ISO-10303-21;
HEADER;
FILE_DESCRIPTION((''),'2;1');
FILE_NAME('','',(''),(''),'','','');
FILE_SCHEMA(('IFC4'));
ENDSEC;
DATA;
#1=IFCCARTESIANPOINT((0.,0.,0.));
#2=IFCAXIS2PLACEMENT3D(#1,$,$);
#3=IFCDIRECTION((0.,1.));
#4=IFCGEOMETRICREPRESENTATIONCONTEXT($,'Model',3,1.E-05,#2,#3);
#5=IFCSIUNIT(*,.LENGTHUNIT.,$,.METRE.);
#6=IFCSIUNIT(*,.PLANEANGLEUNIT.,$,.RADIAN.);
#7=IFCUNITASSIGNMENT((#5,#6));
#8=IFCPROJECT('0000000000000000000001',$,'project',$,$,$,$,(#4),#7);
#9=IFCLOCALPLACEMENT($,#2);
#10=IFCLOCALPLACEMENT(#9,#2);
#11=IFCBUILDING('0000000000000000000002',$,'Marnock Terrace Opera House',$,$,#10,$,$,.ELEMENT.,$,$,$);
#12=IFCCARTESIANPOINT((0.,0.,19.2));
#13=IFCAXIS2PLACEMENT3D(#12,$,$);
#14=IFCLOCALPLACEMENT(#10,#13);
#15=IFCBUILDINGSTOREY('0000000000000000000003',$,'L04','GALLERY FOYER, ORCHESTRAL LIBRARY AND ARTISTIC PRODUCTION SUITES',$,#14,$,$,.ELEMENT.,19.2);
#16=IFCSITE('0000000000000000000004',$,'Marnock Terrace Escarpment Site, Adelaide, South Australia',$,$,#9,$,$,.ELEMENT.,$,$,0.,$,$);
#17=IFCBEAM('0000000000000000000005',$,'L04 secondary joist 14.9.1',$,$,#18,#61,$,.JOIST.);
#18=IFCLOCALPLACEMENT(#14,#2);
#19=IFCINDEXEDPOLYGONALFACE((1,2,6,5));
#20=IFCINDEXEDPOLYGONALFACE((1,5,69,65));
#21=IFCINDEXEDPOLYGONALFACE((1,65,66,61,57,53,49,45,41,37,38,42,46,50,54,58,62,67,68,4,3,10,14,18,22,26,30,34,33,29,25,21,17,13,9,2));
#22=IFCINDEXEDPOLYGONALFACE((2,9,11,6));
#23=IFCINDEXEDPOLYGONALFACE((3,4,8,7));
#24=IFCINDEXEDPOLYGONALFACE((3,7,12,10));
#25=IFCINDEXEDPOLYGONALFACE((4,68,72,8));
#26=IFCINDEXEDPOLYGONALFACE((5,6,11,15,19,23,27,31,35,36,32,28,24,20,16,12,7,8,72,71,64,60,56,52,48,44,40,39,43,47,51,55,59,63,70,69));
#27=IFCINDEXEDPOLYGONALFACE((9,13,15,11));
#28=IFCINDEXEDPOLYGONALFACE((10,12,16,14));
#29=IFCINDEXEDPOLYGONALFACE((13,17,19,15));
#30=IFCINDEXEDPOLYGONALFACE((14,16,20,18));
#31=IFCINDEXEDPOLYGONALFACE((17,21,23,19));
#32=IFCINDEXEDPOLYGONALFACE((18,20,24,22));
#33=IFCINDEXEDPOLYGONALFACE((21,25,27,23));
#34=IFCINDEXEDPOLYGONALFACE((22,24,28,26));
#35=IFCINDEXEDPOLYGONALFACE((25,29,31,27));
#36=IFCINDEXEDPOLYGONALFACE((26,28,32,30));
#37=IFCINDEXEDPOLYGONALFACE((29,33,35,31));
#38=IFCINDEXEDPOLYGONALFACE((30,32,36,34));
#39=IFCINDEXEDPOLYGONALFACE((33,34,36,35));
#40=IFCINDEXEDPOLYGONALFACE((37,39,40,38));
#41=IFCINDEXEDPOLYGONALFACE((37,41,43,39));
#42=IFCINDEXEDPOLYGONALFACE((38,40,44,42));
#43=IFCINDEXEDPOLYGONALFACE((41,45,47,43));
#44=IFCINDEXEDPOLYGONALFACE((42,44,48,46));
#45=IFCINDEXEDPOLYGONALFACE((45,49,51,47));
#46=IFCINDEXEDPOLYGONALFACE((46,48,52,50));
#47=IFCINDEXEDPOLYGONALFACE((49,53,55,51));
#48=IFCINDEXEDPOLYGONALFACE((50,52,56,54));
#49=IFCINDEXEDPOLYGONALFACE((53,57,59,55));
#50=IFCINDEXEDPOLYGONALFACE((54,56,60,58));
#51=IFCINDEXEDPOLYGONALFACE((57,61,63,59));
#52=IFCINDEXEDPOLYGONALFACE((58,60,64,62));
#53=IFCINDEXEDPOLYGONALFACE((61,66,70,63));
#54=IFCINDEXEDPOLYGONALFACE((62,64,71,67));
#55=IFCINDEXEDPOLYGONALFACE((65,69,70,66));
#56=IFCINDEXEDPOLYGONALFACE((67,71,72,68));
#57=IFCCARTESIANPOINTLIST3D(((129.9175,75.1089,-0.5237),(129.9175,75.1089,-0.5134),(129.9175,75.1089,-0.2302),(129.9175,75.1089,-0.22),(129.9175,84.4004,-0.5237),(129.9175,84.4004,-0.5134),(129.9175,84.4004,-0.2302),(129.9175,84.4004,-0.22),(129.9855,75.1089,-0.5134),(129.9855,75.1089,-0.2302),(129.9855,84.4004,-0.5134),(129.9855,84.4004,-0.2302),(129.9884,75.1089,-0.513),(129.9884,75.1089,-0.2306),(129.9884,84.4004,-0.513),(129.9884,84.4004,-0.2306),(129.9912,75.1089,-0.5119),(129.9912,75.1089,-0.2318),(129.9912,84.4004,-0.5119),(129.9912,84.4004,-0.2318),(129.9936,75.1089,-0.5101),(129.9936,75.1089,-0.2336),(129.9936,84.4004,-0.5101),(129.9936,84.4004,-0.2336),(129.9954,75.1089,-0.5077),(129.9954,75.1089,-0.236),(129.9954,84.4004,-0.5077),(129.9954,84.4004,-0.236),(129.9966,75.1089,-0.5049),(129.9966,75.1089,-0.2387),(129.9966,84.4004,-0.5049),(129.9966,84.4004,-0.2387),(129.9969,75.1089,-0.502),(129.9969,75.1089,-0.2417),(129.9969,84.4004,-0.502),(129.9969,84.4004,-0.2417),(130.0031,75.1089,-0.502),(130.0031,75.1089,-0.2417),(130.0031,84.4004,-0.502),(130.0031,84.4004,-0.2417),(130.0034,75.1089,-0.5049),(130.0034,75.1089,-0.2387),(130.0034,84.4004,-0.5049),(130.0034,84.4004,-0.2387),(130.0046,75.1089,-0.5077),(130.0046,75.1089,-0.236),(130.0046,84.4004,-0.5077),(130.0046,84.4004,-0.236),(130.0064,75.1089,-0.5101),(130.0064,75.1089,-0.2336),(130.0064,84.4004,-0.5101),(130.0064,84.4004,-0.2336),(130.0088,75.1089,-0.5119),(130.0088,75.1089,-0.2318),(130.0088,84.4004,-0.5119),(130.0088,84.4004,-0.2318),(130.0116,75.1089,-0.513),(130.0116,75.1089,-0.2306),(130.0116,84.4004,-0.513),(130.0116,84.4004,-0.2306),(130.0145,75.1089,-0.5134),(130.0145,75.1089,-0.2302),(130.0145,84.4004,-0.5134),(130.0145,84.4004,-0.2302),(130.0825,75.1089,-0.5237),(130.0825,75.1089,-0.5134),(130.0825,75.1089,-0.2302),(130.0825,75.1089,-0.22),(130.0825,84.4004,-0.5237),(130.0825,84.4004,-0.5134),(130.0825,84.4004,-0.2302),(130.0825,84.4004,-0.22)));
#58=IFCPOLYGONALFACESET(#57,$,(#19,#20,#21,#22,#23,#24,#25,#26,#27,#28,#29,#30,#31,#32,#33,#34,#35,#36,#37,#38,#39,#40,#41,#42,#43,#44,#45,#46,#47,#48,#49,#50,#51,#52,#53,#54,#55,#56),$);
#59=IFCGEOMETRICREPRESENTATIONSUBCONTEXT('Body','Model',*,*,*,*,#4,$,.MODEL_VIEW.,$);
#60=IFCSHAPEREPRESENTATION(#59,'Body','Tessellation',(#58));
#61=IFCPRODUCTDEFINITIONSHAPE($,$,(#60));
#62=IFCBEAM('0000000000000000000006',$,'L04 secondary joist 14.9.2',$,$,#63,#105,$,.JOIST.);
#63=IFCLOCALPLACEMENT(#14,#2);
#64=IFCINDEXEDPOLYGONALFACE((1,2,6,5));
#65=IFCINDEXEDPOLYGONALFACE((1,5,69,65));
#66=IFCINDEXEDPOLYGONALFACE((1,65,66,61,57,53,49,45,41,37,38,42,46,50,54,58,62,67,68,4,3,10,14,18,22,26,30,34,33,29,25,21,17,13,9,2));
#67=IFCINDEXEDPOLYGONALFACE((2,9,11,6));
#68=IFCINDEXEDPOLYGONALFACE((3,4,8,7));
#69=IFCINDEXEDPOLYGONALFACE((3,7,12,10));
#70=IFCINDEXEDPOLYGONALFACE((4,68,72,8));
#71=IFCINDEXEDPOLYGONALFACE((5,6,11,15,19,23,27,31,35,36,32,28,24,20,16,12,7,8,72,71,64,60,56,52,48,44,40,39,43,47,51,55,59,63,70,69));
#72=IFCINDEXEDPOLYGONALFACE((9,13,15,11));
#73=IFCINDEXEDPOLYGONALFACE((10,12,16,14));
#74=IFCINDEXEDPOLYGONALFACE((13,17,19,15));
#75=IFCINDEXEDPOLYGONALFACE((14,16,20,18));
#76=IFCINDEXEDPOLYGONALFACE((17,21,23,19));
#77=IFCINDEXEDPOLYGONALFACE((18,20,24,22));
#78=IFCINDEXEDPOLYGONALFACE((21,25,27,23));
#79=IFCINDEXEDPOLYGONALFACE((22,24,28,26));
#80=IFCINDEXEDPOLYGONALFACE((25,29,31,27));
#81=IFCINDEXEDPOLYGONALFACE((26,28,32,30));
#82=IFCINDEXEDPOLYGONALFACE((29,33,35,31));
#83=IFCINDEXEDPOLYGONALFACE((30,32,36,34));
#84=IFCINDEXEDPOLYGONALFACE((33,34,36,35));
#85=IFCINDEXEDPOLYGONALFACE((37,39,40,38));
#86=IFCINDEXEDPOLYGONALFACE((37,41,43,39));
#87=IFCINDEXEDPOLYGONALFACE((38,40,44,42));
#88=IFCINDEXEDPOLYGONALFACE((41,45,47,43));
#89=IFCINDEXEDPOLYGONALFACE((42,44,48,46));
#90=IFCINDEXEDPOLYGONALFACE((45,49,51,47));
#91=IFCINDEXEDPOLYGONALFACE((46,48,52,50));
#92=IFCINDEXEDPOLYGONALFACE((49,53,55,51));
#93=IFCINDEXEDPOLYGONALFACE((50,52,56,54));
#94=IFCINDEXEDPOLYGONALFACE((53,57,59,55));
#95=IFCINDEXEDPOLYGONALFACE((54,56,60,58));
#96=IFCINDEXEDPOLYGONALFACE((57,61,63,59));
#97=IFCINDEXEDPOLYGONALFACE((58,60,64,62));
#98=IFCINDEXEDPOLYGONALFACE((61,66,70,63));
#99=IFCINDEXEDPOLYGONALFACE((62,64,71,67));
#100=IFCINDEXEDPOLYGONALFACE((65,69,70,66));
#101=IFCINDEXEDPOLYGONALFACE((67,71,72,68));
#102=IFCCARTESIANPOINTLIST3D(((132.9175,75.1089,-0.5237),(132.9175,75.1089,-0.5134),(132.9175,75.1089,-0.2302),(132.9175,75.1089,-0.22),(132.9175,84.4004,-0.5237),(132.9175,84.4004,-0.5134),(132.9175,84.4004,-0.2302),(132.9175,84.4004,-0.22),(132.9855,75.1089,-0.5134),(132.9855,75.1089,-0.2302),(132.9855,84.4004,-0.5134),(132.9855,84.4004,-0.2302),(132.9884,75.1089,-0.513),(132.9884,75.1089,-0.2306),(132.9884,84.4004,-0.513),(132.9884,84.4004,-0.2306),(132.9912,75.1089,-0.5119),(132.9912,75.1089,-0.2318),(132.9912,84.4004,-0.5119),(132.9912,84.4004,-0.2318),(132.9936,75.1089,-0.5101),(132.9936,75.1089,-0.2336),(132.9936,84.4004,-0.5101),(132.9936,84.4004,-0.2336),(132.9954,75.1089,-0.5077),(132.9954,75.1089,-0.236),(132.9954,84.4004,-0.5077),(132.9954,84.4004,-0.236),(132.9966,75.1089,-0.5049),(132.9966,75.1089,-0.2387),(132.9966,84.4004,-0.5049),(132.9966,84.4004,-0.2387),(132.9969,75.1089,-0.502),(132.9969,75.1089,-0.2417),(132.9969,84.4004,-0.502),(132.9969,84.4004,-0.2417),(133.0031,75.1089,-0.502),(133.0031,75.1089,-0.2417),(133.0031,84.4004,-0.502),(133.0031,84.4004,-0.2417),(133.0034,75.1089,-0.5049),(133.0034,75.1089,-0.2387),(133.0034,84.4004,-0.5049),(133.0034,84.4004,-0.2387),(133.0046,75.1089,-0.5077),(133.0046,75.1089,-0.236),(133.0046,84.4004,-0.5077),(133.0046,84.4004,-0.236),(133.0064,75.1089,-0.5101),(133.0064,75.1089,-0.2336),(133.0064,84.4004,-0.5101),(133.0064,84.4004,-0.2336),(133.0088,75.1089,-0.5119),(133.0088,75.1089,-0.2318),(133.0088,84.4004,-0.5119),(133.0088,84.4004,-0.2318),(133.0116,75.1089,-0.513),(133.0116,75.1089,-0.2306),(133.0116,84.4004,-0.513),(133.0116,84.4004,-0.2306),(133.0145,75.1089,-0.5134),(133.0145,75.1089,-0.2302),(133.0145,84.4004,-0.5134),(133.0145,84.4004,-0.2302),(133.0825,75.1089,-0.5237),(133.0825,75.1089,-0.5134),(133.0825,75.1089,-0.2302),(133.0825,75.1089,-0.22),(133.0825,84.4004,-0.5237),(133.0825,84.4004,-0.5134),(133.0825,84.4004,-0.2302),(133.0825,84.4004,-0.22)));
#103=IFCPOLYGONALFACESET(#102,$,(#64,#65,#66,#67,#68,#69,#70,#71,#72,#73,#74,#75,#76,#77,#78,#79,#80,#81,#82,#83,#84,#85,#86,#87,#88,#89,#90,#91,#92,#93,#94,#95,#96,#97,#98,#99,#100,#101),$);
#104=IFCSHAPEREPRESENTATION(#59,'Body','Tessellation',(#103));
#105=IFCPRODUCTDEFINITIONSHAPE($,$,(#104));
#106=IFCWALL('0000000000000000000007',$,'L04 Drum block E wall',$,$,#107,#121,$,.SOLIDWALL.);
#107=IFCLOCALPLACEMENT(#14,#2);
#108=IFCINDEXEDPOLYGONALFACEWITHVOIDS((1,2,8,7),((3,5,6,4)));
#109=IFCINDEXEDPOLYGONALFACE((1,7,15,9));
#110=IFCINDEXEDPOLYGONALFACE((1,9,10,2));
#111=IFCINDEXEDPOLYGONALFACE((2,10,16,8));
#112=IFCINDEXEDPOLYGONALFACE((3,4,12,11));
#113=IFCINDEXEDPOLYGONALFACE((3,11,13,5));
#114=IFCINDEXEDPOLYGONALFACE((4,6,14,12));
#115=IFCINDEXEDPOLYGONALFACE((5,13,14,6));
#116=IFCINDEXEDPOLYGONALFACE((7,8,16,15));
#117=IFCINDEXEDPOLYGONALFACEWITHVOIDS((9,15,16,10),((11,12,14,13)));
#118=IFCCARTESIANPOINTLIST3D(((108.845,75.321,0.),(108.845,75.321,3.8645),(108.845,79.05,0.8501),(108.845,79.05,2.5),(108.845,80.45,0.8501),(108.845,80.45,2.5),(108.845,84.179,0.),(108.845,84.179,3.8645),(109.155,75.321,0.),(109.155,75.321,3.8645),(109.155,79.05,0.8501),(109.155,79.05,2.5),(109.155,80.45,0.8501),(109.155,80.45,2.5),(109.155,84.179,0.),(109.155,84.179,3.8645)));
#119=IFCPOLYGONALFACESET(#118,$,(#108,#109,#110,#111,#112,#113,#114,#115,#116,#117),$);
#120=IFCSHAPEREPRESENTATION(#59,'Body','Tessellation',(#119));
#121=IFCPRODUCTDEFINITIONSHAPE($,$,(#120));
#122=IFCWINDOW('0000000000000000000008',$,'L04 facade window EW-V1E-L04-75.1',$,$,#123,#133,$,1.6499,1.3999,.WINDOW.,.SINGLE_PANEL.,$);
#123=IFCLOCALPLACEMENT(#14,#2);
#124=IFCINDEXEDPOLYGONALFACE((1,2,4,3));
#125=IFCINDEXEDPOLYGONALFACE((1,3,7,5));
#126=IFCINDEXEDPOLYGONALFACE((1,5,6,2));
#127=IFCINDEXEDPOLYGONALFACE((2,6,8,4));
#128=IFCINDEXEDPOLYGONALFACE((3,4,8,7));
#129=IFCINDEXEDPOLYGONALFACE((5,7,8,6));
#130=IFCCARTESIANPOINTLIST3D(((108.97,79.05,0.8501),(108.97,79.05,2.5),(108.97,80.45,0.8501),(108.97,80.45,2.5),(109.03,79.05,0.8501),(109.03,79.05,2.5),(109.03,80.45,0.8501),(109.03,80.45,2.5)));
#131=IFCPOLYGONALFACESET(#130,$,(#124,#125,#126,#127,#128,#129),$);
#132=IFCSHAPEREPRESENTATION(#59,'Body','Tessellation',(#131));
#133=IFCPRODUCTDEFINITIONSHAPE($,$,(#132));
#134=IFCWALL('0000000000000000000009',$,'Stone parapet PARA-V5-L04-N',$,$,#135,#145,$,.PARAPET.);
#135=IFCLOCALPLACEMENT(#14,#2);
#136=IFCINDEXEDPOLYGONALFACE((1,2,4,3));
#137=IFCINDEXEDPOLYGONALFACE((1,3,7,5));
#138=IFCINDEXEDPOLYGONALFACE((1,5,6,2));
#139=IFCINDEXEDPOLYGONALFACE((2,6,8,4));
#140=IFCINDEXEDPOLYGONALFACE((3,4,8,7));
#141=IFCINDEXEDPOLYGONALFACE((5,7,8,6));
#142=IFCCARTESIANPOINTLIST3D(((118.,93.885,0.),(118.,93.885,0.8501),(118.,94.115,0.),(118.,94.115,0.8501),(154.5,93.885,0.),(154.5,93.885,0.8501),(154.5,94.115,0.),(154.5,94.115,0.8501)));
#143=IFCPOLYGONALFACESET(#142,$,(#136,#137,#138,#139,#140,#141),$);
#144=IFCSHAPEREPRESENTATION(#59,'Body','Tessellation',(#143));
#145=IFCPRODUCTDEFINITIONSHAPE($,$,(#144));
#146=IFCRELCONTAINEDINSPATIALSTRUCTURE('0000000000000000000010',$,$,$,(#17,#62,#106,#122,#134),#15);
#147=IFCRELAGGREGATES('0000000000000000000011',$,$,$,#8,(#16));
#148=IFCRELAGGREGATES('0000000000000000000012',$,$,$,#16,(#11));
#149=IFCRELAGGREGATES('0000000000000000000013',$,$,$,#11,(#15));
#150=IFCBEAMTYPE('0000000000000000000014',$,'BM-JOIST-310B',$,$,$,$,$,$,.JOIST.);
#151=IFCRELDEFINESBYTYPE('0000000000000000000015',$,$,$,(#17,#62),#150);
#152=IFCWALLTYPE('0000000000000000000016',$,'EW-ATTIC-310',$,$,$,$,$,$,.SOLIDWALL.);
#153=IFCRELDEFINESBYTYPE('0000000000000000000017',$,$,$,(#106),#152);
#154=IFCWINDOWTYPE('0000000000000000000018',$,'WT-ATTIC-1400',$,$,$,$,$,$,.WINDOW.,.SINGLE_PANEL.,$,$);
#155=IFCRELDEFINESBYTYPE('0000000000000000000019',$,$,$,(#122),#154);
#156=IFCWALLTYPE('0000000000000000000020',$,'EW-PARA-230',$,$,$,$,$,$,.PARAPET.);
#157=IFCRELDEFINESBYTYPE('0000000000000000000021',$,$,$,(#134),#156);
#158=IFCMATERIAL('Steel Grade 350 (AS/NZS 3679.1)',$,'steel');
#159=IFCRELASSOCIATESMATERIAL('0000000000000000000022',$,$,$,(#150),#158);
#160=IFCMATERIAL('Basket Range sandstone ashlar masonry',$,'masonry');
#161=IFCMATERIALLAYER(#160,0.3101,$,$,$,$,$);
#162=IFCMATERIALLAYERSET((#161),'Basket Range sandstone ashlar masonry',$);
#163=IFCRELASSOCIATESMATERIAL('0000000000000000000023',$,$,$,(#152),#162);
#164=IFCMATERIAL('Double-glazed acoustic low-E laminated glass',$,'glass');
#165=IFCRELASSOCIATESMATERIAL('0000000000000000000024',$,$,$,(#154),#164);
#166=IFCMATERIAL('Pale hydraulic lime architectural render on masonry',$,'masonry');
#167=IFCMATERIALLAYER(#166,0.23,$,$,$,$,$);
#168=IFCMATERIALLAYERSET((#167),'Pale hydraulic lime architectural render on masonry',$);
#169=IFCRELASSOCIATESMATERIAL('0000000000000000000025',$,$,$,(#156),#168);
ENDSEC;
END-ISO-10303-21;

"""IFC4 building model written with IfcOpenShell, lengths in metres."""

from ifc_helpers import new_model, si_unit, direction, frame, frame_2d, origin, origin_2d, place, context, subcontext, project, spatial, rectangle, i_section, extrude, material, layer, layer_set, material_profile, profile_set, type_object, element, fill, save


model = new_model("IFC4")

# Units and contexts
model_context = context("Model", 3, precision=1e-05, world=origin(), true_north=direction((0.0, 1.0)))
body_context = subcontext(model_context, "Body", "Model", "MODEL_VIEW")
ifc_project = project(units=[si_unit("LENGTHUNIT", "METRE"), si_unit("PLANEANGLEUNIT", "RADIAN")], contexts=[model_context])

# Site, building, storey
site_placement = place(None, origin())
site = spatial("IfcSite", under=ifc_project, at=site_placement, Name="Marnock Terrace Escarpment Site, Adelaide, South Australia", CompositionType="ELEMENT", RefElevation=0.0)
building_placement = place(site_placement, origin())
building = spatial("IfcBuilding", under=site, at=building_placement, Name="Marnock Terrace Opera House", CompositionType="ELEMENT")
storey_placement = place(building_placement, frame((0.0, 0.0, 19.2)))
storey = spatial("IfcBuildingStorey", under=building, at=storey_placement, Name="L04", Description="GALLERY FOYER, ORCHESTRAL LIBRARY AND ARTISTIC PRODUCTION SUITES", CompositionType="ELEMENT", Elevation=19.2)

# Beams
ifc_material_1 = material(Name="Steel Grade 350 (AS/NZS 3679.1)", Category="steel")
ifc_material_profile_1 = material_profile(ifc_material_1, i_section(OverallWidth=0.165, OverallDepth=0.3037, WebThickness=0.0061, FlangeThickness=0.0103, FilletRadius=0.0115, at=origin_2d()))
ifc_profile_set_1 = profile_set([ifc_material_profile_1], Name="Steel Grade 350 (AS/NZS 3679.1)")
beam_type_1 = type_object("IfcBeamType", Name="BM-JOIST-310B", PredefinedType="JOIST", material=ifc_profile_set_1)
for number, where, z_axis, x_axis, name in (
    (1, (130.0, 75.1089, -0.3718), (0.0, 1.0, 0.0), (-1.0, 0.0, 0.0), "L04 secondary joist 14.9.1"),
    (2, (133.0, 75.1089, -0.3718), (0.0, 1.0, 0.0), (-1.0, 0.0, 0.0), "L04 secondary joist 14.9.2"),
):
    element("IfcBeam", number, at=place(storey_placement, frame(where, z_axis=z_axis, x_axis=x_axis)), inside=storey, type_object=beam_type_1, Name=name, PredefinedType="JOIST", context=body_context, shape_type="SweptSolid", body=[
        extrude(i_section(OverallWidth=0.165, OverallDepth=0.3037, WebThickness=0.0061, FlangeThickness=0.0103, FilletRadius=0.0115, at=origin_2d()), origin(), (0.0, 0.0, 1.0), 9.2915),
    ])

# Wall, opening, window
ifc_material_2 = material(Name="Basket Range sandstone ashlar masonry", Category="masonry")
ifc_layer_1 = layer(ifc_material_2, 0.3101)
ifc_layer_set_1 = layer_set([ifc_layer_1], Name="Basket Range sandstone ashlar masonry")
wall_type_1 = type_object("IfcWallType", Name="EW-ATTIC-310", PredefinedType="SOLIDWALL", material=ifc_layer_set_1)
wall_1_placement = place(storey_placement, frame((109.0, 75.321, 0.0), z_axis=(0.0, 0.0, 1.0), x_axis=(0.0, 1.0, 0.0)))
wall_1 = element("IfcWall", 3, at=wall_1_placement, inside=storey, type_object=wall_type_1, Name="L04 Drum block E wall", PredefinedType="SOLIDWALL", context=body_context, shape_type="SweptSolid", body=[
    extrude(rectangle(XDim=8.8579, YDim=0.3101, at=frame_2d((4.429, 0.0))), origin(), (0.0, 0.0, 1.0), 3.8645),
])
opening_placement = place(wall_1_placement, frame((3.729, 0.0, 0.8501)))
opening = element("IfcOpeningElement", 4, at=opening_placement, cuts=wall_1, PredefinedType="OPENING", context=body_context, shape_type="SweptSolid", body=[
    extrude(rectangle(XDim=1.3999, YDim=1.6499, at=frame_2d((0.7, 0.825))), frame((0.0, 0.165, 0.0), z_axis=(0.0, -1.0, 0.0), x_axis=(1.0, 0.0, 0.0)), (0.0, 0.0, 1.0), 0.3301),
])
ifc_material_3 = material(Name="Double-glazed acoustic low-E laminated glass", Category="glass")
window_type = type_object("IfcWindowType", Name="WT-ATTIC-1400", PartitioningType="SINGLE_PANEL", PredefinedType="WINDOW", material=ifc_material_3)
window_placement = place(opening_placement, origin())
window = element("IfcWindow", 5, at=window_placement, inside=storey, type_object=window_type, Name="L04 facade window EW-V1E-L04-75.1", OverallHeight=1.6499, OverallWidth=1.3999, PartitioningType="SINGLE_PANEL", PredefinedType="WINDOW", context=body_context, shape_type="SweptSolid", body=[
    extrude(rectangle(XDim=1.3999, YDim=1.6499, at=frame_2d((0.7, 0.825))), frame((0.0, 0.03, 0.0), z_axis=(0.0, -1.0, 0.0), x_axis=(1.0, 0.0, 0.0)), (0.0, 0.0, 1.0), 0.0601),
])
fill(opening, window)

# Wall
ifc_material_4 = material(Name="Pale hydraulic lime architectural render on masonry", Category="masonry")
ifc_layer_2 = layer(ifc_material_4, 0.23)
ifc_layer_set_2 = layer_set([ifc_layer_2], Name="Pale hydraulic lime architectural render on masonry")
wall_type_2 = type_object("IfcWallType", Name="EW-PARA-230", PredefinedType="PARAPET", material=ifc_layer_set_2)
wall_2_placement = place(storey_placement, frame((118.0, 94.0, 0.0), z_axis=(0.0, 0.0, 1.0), x_axis=(1.0, 0.0, 0.0)))
element("IfcWall", 6, at=wall_2_placement, inside=storey, type_object=wall_type_2, Name="Stone parapet PARA-V5-L04-N", PredefinedType="PARAPET", context=body_context, shape_type="SweptSolid", body=[
    extrude(rectangle(XDim=36.5, YDim=0.23, at=frame_2d((18.25, 0.0))), origin(), (0.0, 0.0, 1.0), 0.8501),
])

save(model, "model.ifc")
